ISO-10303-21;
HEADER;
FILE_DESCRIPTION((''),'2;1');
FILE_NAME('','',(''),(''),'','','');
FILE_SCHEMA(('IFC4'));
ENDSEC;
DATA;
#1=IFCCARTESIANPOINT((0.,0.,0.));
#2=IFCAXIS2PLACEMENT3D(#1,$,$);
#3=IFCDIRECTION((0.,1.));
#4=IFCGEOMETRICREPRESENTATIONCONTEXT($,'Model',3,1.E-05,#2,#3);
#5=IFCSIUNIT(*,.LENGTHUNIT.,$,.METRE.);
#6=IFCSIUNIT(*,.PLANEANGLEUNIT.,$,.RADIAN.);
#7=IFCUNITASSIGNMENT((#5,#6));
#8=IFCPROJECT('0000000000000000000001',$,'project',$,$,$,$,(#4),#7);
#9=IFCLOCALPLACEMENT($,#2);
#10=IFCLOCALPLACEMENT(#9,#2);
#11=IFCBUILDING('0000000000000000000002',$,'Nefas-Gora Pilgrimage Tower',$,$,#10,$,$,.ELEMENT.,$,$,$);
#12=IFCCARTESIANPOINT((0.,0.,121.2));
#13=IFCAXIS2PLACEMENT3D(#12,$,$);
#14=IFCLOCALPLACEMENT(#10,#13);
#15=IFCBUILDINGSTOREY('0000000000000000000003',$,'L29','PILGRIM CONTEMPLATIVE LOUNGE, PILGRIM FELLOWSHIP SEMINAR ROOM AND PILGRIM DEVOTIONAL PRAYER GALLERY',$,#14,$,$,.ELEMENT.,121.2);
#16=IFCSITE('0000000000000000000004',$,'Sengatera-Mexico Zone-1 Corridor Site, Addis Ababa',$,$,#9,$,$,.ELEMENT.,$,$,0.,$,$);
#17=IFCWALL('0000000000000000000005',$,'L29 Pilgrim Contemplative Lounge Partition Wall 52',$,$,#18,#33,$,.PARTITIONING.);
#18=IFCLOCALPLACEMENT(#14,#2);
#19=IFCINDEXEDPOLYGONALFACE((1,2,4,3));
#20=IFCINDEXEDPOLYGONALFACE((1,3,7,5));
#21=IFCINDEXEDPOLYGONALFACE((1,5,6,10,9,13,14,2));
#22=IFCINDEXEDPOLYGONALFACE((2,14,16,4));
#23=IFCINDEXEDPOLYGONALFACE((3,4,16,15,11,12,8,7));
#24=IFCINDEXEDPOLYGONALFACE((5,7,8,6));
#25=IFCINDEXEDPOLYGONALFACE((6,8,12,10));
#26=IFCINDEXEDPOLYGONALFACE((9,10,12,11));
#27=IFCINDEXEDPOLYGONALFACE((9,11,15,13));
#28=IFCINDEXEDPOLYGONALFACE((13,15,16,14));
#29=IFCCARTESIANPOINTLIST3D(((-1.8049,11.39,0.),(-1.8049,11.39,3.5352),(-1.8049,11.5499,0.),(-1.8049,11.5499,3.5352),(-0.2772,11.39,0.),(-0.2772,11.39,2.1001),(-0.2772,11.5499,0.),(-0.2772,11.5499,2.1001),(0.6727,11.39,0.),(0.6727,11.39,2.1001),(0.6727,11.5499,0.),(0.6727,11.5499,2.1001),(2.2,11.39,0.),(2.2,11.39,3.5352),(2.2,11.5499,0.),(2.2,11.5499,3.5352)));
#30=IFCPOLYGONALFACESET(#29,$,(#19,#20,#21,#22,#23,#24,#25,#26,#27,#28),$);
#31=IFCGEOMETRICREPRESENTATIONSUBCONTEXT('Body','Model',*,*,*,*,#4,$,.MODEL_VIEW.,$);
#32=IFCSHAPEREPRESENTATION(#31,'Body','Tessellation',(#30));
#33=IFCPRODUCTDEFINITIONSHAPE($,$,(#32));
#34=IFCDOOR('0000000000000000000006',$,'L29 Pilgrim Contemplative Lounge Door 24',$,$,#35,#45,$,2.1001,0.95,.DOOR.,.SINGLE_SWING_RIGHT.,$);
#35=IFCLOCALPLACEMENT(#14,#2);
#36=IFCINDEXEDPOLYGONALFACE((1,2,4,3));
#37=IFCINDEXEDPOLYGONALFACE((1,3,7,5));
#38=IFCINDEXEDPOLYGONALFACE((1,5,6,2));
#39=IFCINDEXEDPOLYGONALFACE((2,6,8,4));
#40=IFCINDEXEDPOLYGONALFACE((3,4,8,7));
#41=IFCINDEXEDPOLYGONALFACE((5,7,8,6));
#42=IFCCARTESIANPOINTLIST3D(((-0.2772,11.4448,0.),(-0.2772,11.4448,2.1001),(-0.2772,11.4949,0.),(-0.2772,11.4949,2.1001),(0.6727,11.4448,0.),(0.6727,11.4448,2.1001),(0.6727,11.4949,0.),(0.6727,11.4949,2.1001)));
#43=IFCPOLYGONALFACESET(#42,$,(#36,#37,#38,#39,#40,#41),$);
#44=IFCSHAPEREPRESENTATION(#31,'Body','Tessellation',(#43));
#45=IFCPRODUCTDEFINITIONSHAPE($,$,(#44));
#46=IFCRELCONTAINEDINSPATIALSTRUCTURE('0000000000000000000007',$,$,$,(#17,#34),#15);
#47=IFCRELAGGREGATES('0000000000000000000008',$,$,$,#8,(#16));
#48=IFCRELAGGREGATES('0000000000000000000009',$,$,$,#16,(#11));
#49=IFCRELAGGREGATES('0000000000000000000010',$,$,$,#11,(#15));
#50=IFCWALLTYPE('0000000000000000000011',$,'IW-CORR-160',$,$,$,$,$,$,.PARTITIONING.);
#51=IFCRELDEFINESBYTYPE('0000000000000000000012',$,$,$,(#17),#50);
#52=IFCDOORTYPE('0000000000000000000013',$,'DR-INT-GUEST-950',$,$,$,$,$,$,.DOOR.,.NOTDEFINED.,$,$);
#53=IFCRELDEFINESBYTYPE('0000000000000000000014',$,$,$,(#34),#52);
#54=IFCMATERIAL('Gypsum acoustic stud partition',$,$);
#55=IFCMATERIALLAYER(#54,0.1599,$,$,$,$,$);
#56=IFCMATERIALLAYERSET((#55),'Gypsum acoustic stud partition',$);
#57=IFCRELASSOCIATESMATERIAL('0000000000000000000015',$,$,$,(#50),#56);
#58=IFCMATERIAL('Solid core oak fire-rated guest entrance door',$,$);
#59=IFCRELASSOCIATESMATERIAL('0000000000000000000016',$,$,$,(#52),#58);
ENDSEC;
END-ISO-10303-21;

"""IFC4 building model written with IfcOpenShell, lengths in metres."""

from ifc_helpers import new_model, si_unit, direction, frame, frame_2d, origin, place, context, subcontext, project, spatial, rectangle, extrude, source, transform, mapped, material, layer, layer_set, type_object, element, fill, save


model = new_model("IFC4")

# Units and contexts
model_context = context("Model", 3, precision=1e-05, world=origin(), true_north=direction((0.0, 1.0)))
body_context = subcontext(model_context, "Body", "Model", "MODEL_VIEW")
ifc_project = project(units=[si_unit("LENGTHUNIT", "METRE"), si_unit("PLANEANGLEUNIT", "RADIAN")], contexts=[model_context])

# Site, building, storey
site_placement = place(None, origin())
site = spatial("IfcSite", under=ifc_project, at=site_placement, Name="Sengatera-Mexico Zone-1 Corridor Site, Addis Ababa", CompositionType="ELEMENT", RefElevation=0.0)
building_placement = place(site_placement, origin())
building = spatial("IfcBuilding", under=site, at=building_placement, Name="Nefas-Gora Pilgrimage Tower", CompositionType="ELEMENT")
storey_placement = place(building_placement, frame((0.0, 0.0, 121.2)))
storey = spatial("IfcBuildingStorey", under=building, at=storey_placement, Name="L29", Description="PILGRIM CONTEMPLATIVE LOUNGE, PILGRIM FELLOWSHIP SEMINAR ROOM AND PILGRIM DEVOTIONAL PRAYER GALLERY", CompositionType="ELEMENT", Elevation=121.2)

# Shared definitions
ifc_material_1 = material(Name="Gypsum acoustic stud partition")
ifc_layer_1 = layer(ifc_material_1, 0.1599)
ifc_layer_set_1 = layer_set([ifc_layer_1], Name="Gypsum acoustic stud partition")
wall_type_1 = type_object("IfcWallType", Name="IW-CORR-160", PredefinedType="PARTITIONING", material=ifc_layer_set_1)
ifc_material_2 = material(Name="Solid core oak fire-rated guest entrance door")
door_type_1 = type_object("IfcDoorType", Name="DR-INT-GUEST-950", OperationType="NOTDEFINED", PredefinedType="DOOR", material=ifc_material_2)
shared_shape_1 = source(origin(), body_context, "Body", "SweptSolid", [
    extrude(rectangle(XDim=0.95, YDim=2.1001, at=frame_2d((0.4751, 1.05))), frame((0.0, 0.0249, 0.0), z_axis=(0.0, -1.0, 0.0), x_axis=(1.0, 0.0, 0.0)), (0.0, 0.0, 1.0), 0.05),
])

# Wall, opening, door
shared_shape_2 = source(origin(), body_context, "Body", "SweptSolid", [
    extrude(rectangle(XDim=4.0049, YDim=0.1599, at=frame_2d((2.0024, 0.0))), origin(), (0.0, 0.0, 1.0), 3.5352),
])
wall_1_placement = place(storey_placement, frame((-1.8049, 11.47, 0.0), z_axis=(0.0, 0.0, 1.0), x_axis=(1.0, 0.0, 0.0)))
wall_1 = element("IfcWall", 1, at=wall_1_placement, inside=storey, type_object=wall_type_1, Name="L29 Pilgrim Contemplative Lounge Partition Wall 52", PredefinedType="PARTITIONING", context=body_context, shape_type="MappedRepresentation", body=[
    mapped(shared_shape_2, transform((0.0, 0.0, 0.0), x_axis=(1.0, 0.0, 0.0), y_axis=(0.0, 1.0, 0.0), z_axis=(0.0, 0.0, 1.0), scale=1.0)),
])
opening_1_placement = place(wall_1_placement, frame((1.5276, 0.0, 0.0)))
opening_1 = element("IfcOpeningElement", 2, at=opening_1_placement, cuts=wall_1, PredefinedType="OPENING", context=body_context, shape_type="SweptSolid", body=[
    extrude(rectangle(XDim=0.95, YDim=2.1001, at=frame_2d((0.4751, 1.05))), frame((0.0, 0.0898, 0.0), z_axis=(0.0, -1.0, 0.0), x_axis=(1.0, 0.0, 0.0)), (0.0, 0.0, 1.0), 0.1799),
])
door_1_placement = place(opening_1_placement, origin())
door_1 = element("IfcDoor", 3, at=door_1_placement, inside=storey, type_object=door_type_1, Name="L29 Pilgrim Contemplative Lounge Door 24", OperationType="SINGLE_SWING_RIGHT", OverallHeight=2.1001, OverallWidth=0.95, PredefinedType="DOOR", context=body_context, shape_type="MappedRepresentation", body=[
    mapped(shared_shape_1, transform((0.0, 0.0, 0.0), x_axis=(1.0, 0.0, 0.0), y_axis=(0.0, 1.0, 0.0), z_axis=(0.0, 0.0, 1.0), scale=1.0)),
])
fill(opening_1, door_1)

save(model, "model.ifc")
